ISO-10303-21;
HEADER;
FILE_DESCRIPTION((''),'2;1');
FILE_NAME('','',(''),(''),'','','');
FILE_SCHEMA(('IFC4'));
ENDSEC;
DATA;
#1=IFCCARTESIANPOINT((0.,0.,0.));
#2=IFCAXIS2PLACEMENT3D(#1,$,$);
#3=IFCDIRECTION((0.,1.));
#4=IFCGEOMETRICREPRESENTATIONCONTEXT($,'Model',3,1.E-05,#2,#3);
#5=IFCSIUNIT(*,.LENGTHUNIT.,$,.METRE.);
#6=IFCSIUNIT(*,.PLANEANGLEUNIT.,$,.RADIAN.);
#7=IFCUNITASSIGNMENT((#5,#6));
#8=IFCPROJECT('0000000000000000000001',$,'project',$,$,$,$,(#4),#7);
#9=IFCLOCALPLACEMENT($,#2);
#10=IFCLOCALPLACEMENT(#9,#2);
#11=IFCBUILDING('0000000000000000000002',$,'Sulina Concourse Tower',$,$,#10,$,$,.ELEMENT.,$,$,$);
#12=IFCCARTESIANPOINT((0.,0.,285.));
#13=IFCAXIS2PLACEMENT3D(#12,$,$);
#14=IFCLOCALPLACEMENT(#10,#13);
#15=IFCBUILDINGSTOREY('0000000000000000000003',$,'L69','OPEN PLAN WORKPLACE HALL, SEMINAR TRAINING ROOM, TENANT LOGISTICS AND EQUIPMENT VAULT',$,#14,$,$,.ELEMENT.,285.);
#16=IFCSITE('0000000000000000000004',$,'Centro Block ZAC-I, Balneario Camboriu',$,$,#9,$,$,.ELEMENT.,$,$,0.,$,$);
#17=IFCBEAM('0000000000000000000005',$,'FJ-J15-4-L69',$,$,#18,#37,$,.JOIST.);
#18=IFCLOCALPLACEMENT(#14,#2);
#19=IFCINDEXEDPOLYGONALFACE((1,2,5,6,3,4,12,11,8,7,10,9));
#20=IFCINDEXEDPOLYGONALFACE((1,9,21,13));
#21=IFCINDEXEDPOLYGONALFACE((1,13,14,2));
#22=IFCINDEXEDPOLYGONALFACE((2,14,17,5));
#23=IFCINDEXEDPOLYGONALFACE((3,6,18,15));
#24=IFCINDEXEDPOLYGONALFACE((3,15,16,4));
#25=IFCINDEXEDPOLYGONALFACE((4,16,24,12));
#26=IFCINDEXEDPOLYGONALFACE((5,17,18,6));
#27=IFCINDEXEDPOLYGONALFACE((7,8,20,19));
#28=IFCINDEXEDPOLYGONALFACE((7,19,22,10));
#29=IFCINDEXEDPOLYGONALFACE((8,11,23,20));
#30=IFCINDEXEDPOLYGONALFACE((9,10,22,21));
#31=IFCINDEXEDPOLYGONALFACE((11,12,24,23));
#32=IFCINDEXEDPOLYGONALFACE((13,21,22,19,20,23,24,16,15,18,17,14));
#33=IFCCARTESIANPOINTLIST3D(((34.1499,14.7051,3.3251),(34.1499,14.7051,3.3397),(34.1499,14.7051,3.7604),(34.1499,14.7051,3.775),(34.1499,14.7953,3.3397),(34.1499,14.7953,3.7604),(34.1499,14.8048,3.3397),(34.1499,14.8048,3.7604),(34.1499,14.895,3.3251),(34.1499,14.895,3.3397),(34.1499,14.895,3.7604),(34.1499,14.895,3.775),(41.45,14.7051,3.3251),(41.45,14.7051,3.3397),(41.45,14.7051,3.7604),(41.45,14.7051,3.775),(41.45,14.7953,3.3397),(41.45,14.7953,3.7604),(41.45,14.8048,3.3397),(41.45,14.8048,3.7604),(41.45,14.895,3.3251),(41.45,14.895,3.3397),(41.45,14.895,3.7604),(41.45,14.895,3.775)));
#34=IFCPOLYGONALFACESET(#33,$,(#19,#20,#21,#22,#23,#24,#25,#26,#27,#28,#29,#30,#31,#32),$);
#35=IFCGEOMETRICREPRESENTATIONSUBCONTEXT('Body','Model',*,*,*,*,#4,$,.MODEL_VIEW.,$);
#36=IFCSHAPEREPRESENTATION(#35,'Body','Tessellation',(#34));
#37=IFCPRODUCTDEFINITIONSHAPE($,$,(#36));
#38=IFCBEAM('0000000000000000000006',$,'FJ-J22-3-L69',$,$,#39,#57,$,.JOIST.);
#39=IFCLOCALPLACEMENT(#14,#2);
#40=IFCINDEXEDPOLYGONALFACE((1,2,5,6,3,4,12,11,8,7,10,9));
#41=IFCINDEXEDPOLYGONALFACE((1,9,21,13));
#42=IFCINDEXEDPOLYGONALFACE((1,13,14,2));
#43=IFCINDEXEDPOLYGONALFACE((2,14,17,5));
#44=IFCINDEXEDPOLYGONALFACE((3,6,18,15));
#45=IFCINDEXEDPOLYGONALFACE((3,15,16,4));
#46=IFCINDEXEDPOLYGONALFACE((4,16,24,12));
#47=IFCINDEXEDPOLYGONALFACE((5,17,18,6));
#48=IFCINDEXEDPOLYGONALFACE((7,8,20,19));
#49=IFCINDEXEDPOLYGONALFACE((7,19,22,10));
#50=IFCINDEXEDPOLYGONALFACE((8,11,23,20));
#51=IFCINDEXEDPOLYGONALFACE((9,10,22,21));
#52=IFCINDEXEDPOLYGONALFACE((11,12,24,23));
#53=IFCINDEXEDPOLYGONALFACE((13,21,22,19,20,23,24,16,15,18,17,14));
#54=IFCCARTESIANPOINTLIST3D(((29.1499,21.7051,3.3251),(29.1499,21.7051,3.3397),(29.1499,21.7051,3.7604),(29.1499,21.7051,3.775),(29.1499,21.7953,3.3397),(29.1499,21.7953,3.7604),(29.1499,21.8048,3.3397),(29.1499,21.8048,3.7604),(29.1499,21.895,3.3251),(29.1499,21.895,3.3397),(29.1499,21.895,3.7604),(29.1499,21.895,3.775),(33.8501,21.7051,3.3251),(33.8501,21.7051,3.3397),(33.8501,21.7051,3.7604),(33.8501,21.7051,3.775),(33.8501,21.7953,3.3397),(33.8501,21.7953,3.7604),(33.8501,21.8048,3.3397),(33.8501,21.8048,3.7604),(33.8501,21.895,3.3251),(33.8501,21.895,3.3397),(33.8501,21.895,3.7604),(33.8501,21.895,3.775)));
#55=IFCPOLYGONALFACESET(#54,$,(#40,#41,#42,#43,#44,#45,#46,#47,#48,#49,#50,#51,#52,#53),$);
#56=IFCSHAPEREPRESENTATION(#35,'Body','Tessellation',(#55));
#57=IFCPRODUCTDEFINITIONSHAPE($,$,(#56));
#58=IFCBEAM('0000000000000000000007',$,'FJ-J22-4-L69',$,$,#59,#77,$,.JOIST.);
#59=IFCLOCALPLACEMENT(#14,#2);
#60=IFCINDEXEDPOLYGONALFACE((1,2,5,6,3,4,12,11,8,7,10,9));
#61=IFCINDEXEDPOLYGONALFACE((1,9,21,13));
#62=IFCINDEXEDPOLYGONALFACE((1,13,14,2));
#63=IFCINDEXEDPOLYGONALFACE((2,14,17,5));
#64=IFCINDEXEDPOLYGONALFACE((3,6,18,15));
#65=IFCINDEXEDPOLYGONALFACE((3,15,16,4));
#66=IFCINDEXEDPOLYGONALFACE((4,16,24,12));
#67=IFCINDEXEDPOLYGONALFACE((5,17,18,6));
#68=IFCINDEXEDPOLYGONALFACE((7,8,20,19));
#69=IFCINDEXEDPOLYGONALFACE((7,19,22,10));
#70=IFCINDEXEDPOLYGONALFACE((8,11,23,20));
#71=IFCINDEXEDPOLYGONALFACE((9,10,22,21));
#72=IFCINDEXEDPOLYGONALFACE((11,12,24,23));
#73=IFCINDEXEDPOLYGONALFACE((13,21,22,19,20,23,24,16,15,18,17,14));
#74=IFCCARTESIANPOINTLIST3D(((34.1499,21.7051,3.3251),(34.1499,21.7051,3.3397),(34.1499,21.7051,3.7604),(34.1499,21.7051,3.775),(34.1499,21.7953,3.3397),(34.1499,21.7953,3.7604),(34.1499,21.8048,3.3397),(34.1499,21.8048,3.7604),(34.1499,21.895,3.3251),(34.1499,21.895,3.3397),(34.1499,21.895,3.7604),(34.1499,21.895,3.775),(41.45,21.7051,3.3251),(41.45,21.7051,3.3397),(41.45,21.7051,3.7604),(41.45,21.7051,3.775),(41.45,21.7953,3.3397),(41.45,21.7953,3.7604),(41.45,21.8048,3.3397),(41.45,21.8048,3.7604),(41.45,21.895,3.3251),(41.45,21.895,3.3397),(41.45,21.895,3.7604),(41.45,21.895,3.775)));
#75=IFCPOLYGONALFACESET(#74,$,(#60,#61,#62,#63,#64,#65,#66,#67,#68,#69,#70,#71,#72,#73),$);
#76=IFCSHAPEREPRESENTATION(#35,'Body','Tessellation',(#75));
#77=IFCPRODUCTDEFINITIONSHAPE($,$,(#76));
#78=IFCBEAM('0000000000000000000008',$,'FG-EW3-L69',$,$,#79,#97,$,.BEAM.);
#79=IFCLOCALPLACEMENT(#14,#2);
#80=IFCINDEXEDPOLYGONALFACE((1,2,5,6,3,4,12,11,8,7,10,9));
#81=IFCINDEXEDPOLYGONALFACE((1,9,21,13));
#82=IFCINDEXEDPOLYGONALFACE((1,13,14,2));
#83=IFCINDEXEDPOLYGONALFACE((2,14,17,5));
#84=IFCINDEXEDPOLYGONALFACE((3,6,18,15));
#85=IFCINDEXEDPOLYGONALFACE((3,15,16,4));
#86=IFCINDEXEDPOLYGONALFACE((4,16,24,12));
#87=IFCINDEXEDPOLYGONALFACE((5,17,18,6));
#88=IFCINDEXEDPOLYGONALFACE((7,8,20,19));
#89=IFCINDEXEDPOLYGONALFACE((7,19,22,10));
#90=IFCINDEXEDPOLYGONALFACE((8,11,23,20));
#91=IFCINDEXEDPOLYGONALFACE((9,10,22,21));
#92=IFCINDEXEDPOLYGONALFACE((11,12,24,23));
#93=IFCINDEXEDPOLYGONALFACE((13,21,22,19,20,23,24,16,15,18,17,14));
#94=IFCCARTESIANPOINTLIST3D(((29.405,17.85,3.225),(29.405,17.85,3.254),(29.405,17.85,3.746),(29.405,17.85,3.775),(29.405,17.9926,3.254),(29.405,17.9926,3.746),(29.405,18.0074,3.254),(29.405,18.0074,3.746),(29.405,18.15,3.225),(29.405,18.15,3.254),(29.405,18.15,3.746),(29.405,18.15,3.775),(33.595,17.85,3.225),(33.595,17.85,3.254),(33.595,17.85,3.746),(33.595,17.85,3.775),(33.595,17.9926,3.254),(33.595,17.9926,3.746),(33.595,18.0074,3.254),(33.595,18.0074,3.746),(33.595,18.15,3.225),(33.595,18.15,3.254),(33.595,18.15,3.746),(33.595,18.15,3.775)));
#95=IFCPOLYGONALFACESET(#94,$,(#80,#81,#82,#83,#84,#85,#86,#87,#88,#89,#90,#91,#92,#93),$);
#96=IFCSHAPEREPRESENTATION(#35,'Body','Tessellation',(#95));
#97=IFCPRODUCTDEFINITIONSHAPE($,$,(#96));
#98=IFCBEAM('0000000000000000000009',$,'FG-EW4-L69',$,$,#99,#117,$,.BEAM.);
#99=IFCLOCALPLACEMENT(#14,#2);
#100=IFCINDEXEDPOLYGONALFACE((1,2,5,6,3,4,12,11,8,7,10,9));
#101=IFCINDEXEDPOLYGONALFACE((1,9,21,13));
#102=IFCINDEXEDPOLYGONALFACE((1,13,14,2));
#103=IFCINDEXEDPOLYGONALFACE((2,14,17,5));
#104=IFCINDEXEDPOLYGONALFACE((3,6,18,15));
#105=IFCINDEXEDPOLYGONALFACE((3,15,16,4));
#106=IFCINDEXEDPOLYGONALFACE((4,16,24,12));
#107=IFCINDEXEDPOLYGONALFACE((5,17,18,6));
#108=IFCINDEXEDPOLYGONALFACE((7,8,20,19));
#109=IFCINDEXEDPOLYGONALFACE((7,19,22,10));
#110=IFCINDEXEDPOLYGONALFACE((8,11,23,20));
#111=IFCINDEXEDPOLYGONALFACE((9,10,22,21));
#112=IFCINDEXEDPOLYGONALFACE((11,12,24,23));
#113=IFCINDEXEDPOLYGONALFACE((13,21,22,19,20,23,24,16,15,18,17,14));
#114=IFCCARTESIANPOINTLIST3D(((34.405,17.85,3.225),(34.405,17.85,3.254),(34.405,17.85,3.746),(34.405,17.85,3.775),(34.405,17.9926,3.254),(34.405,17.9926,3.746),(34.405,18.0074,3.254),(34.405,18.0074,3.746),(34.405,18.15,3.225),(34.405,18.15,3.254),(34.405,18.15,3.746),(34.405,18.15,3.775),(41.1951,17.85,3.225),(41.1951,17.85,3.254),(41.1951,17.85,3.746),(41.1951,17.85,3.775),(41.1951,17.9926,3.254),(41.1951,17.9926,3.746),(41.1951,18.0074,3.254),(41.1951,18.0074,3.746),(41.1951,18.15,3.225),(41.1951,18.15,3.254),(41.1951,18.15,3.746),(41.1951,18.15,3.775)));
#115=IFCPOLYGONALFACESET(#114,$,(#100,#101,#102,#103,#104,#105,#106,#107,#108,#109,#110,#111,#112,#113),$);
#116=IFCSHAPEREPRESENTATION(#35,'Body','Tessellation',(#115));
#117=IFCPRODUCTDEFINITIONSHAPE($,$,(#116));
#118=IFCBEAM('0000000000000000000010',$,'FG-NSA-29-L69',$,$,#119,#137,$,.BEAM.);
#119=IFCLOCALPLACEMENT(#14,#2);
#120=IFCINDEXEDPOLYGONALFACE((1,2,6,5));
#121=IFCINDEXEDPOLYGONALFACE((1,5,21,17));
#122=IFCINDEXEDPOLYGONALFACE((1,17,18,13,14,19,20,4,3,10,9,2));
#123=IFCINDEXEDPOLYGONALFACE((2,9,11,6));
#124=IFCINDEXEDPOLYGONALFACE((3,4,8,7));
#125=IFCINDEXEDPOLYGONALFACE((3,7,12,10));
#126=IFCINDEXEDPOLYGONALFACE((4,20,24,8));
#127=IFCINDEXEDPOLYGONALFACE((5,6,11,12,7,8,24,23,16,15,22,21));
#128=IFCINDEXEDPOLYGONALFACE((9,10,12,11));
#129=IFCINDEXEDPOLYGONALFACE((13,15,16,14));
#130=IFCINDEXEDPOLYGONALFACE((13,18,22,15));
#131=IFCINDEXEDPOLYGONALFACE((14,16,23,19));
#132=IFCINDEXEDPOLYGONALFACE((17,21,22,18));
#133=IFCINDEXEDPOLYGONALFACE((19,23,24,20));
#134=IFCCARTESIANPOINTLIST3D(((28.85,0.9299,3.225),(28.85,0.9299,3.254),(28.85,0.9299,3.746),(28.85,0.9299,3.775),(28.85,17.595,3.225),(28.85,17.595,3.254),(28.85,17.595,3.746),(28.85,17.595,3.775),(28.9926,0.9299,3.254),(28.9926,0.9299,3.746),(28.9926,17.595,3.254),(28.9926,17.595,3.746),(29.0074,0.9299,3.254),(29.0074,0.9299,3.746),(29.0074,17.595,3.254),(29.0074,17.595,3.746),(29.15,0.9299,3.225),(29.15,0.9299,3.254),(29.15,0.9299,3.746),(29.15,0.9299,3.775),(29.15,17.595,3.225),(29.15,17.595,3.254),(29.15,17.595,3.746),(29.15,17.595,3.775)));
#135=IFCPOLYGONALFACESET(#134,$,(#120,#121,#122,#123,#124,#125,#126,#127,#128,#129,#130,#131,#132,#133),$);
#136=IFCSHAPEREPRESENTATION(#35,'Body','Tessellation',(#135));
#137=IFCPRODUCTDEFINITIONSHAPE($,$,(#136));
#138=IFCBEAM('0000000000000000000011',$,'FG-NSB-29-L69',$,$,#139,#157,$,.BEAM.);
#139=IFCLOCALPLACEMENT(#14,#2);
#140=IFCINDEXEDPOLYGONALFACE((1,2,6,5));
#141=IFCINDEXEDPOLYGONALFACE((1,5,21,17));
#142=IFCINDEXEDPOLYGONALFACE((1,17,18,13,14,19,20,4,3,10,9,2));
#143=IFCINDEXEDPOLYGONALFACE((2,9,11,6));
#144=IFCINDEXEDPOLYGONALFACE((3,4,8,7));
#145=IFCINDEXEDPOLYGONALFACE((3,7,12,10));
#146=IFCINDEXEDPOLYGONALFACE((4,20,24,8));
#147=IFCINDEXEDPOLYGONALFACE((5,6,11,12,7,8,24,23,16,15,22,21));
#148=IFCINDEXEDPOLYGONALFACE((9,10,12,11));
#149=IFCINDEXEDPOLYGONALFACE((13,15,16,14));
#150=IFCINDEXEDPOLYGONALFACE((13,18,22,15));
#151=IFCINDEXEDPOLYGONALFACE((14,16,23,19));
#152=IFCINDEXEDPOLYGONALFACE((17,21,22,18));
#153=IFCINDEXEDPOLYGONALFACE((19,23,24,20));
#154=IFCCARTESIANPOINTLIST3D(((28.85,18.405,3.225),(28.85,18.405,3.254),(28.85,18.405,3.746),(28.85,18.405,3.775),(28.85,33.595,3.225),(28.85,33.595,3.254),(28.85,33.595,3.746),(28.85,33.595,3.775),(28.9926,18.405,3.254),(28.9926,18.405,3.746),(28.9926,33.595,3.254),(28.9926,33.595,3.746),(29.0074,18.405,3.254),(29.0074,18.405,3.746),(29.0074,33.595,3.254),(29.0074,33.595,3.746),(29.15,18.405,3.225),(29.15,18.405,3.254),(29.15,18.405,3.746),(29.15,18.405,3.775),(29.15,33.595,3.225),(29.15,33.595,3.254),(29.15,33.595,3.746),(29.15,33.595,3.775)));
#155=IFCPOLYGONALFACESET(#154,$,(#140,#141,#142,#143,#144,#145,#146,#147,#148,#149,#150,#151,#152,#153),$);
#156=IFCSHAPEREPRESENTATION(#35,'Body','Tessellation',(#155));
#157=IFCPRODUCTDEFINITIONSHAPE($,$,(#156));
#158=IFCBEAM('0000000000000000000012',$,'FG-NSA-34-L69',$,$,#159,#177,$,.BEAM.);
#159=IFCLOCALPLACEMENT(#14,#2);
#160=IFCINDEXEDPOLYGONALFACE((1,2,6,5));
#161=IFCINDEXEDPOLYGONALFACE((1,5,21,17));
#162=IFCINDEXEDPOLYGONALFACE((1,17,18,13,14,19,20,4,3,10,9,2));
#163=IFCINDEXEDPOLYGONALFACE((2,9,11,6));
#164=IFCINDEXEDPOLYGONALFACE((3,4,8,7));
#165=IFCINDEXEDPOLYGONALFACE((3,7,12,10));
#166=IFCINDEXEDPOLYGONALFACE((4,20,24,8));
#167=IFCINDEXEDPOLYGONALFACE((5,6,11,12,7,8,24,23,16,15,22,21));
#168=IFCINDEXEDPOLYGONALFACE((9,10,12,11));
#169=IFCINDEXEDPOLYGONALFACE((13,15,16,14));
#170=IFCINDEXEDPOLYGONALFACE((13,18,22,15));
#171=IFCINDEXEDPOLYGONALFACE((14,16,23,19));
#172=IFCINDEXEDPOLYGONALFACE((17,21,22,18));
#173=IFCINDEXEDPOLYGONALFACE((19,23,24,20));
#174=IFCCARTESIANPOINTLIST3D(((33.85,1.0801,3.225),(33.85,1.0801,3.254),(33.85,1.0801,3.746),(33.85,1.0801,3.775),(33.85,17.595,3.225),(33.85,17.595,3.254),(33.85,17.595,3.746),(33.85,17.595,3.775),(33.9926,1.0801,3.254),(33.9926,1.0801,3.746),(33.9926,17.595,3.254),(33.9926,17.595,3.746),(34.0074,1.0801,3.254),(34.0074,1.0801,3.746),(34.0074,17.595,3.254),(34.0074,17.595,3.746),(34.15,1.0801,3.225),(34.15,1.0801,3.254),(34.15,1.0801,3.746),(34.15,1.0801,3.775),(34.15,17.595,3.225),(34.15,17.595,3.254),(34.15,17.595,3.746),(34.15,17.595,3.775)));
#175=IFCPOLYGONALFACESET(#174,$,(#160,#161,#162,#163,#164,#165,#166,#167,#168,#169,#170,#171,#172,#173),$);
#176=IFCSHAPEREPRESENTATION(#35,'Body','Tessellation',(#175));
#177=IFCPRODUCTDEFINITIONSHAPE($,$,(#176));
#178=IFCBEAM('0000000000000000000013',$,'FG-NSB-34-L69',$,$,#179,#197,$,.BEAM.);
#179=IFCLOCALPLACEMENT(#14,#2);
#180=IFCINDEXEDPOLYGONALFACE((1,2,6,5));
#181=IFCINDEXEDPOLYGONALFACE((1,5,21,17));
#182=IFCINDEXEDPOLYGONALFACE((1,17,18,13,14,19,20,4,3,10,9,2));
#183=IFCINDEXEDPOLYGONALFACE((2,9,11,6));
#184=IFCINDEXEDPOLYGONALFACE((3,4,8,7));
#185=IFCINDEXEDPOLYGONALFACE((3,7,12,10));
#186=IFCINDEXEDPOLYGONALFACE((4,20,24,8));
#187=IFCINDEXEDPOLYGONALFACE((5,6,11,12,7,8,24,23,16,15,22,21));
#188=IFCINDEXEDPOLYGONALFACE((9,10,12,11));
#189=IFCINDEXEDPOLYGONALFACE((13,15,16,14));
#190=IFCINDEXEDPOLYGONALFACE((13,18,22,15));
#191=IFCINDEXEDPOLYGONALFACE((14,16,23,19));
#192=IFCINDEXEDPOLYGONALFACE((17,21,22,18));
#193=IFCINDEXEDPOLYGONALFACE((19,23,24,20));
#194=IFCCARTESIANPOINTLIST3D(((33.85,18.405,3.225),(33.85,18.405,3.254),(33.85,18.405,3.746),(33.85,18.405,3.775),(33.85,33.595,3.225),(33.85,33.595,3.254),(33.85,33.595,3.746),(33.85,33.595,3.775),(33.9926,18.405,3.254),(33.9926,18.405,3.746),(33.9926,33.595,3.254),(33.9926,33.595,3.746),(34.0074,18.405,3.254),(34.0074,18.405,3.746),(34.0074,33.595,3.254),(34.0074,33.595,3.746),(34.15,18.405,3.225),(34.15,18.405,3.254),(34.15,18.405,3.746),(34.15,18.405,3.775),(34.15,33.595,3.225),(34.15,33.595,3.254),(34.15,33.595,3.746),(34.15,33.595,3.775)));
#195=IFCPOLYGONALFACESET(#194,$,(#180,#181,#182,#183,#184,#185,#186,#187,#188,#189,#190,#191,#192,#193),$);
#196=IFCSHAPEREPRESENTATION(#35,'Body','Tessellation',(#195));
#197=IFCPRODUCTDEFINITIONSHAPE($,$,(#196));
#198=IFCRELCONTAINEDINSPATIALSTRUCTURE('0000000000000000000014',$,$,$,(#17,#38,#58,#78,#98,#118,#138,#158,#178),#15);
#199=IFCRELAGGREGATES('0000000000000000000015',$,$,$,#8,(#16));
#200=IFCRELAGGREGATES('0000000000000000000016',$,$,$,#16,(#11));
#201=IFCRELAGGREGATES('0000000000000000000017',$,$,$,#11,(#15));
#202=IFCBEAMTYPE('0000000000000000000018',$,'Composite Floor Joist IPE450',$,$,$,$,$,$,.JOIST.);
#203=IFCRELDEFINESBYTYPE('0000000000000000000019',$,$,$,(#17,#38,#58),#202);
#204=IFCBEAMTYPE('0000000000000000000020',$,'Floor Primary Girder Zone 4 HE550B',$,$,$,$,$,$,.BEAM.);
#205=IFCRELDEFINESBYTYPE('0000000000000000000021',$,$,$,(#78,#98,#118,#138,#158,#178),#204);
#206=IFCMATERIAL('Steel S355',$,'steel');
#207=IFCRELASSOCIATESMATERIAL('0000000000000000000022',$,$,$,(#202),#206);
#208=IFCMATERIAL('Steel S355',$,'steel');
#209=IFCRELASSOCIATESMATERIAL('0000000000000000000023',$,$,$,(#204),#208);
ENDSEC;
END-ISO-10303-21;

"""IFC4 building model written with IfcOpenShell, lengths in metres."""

from ifc_helpers import new_model, si_unit, direction, frame, origin, origin_2d, place, context, subcontext, project, spatial, i_section, extrude, material, material_profile, profile_set, type_object, element, save


model = new_model("IFC4")

# Units and contexts
model_context = context("Model", 3, precision=1e-05, world=origin(), true_north=direction((0.0, 1.0)))
body_context = subcontext(model_context, "Body", "Model", "MODEL_VIEW")
ifc_project = project(units=[si_unit("LENGTHUNIT", "METRE"), si_unit("PLANEANGLEUNIT", "RADIAN")], contexts=[model_context])

# Site, building, storey
site_placement = place(None, origin())
site = spatial("IfcSite", under=ifc_project, at=site_placement, Name="Centro Block ZAC-I, Balneario Camboriu", CompositionType="ELEMENT", RefElevation=0.0)
building_placement = place(site_placement, origin())
building = spatial("IfcBuilding", under=site, at=building_placement, Name="Sulina Concourse Tower", CompositionType="ELEMENT")
storey_placement = place(building_placement, frame((0.0, 0.0, 285.0)))
storey = spatial("IfcBuildingStorey", under=building, at=storey_placement, Name="L69", Description="OPEN PLAN WORKPLACE HALL, SEMINAR TRAINING ROOM, TENANT LOGISTICS AND EQUIPMENT VAULT", CompositionType="ELEMENT", Elevation=285.0)

# Beams
ifc_material_1 = material(Name="Steel S355", Category="steel")
ifc_material_profile_1 = material_profile(ifc_material_1, i_section(OverallWidth=0.1899, OverallDepth=0.45, WebThickness=0.0095, FlangeThickness=0.0146, at=origin_2d()), Name="IPE 450")
ifc_profile_set_1 = profile_set([ifc_material_profile_1], Name="Steel S355")
beam_type_1 = type_object("IfcBeamType", Name="Composite Floor Joist IPE450", PredefinedType="JOIST", material=ifc_profile_set_1)
beam_1_placement = place(storey_placement, frame((34.1499, 14.8, 3.55), z_axis=(1.0, 0.0, 0.0), x_axis=(0.0, 1.0, 0.0)))
element("IfcBeam", 1, at=beam_1_placement, inside=storey, type_object=beam_type_1, Name="FJ-J15-4-L69", PredefinedType="JOIST", context=body_context, shape_type="SweptSolid", body=[
    extrude(i_section(OverallWidth=0.1899, OverallDepth=0.45, WebThickness=0.0095, FlangeThickness=0.0146, at=origin_2d()), origin(), (0.0, 0.0, 1.0), 7.3),
])
beam_2_placement = place(storey_placement, frame((29.1499, 21.8, 3.55), z_axis=(1.0, 0.0, 0.0), x_axis=(0.0, 1.0, 0.0)))
element("IfcBeam", 2, at=beam_2_placement, inside=storey, type_object=beam_type_1, Name="FJ-J22-3-L69", PredefinedType="JOIST", context=body_context, shape_type="SweptSolid", body=[
    extrude(i_section(OverallWidth=0.1899, OverallDepth=0.45, WebThickness=0.0095, FlangeThickness=0.0146, at=origin_2d()), origin(), (0.0, 0.0, 1.0), 4.7002),
])
beam_3_placement = place(storey_placement, frame((34.1499, 21.8, 3.55), z_axis=(1.0, 0.0, 0.0), x_axis=(0.0, 1.0, 0.0)))
element("IfcBeam", 3, at=beam_3_placement, inside=storey, type_object=beam_type_1, Name="FJ-J22-4-L69", PredefinedType="JOIST", context=body_context, shape_type="SweptSolid", body=[
    extrude(i_section(OverallWidth=0.1899, OverallDepth=0.45, WebThickness=0.0095, FlangeThickness=0.0146, at=origin_2d()), origin(), (0.0, 0.0, 1.0), 7.3),
])
ifc_material_2 = material(Name="Steel S355", Category="steel")
ifc_material_profile_2 = material_profile(ifc_material_2, i_section(OverallWidth=0.3, OverallDepth=0.55, WebThickness=0.0149, FlangeThickness=0.0291, at=origin_2d()), Name="HE 550 B")
ifc_profile_set_2 = profile_set([ifc_material_profile_2], Name="Steel S355")
beam_type_2 = type_object("IfcBeamType", Name="Floor Primary Girder Zone 4 HE550B", PredefinedType="BEAM", material=ifc_profile_set_2)
beam_4_placement = place(storey_placement, frame((29.405, 18.0, 3.5), z_axis=(1.0, 0.0, 0.0), x_axis=(0.0, 1.0, 0.0)))
element("IfcBeam", 4, at=beam_4_placement, inside=storey, type_object=beam_type_2, Name="FG-EW3-L69", PredefinedType="BEAM", context=body_context, shape_type="SweptSolid", body=[
    extrude(i_section(OverallWidth=0.3, OverallDepth=0.55, WebThickness=0.0149, FlangeThickness=0.0291, at=origin_2d()), origin(), (0.0, 0.0, 1.0), 4.1899),
])
beam_5_placement = place(storey_placement, frame((34.405, 18.0, 3.5), z_axis=(1.0, 0.0, 0.0), x_axis=(0.0, 1.0, 0.0)))
element("IfcBeam", 5, at=beam_5_placement, inside=storey, type_object=beam_type_2, Name="FG-EW4-L69", PredefinedType="BEAM", context=body_context, shape_type="SweptSolid", body=[
    extrude(i_section(OverallWidth=0.3, OverallDepth=0.55, WebThickness=0.0149, FlangeThickness=0.0291, at=origin_2d()), origin(), (0.0, 0.0, 1.0), 6.79),
])
beam_6_placement = place(storey_placement, frame((29.0, 0.9299, 3.5), z_axis=(0.0, 1.0, 0.0), x_axis=(-1.0, 0.0, 0.0)))
element("IfcBeam", 6, at=beam_6_placement, inside=storey, type_object=beam_type_2, Name="FG-NSA-29-L69", PredefinedType="BEAM", context=body_context, shape_type="SweptSolid", body=[
    extrude(i_section(OverallWidth=0.3, OverallDepth=0.55, WebThickness=0.0149, FlangeThickness=0.0291, at=origin_2d()), origin(), (0.0, 0.0, 1.0), 16.665),
])
beam_7_placement = place(storey_placement, frame((29.0, 18.405, 3.5), z_axis=(0.0, 1.0, 0.0), x_axis=(-1.0, 0.0, 0.0)))
element("IfcBeam", 7, at=beam_7_placement, inside=storey, type_object=beam_type_2, Name="FG-NSB-29-L69", PredefinedType="BEAM", context=body_context, shape_type="SweptSolid", body=[
    extrude(i_section(OverallWidth=0.3, OverallDepth=0.55, WebThickness=0.0149, FlangeThickness=0.0291, at=origin_2d()), origin(), (0.0, 0.0, 1.0), 15.1899),
])
beam_8_placement = place(storey_placement, frame((34.0, 1.0801, 3.5), z_axis=(0.0, 1.0, 0.0), x_axis=(-1.0, 0.0, 0.0)))
element("IfcBeam", 8, at=beam_8_placement, inside=storey, type_object=beam_type_2, Name="FG-NSA-34-L69", PredefinedType="BEAM", context=body_context, shape_type="SweptSolid", body=[
    extrude(i_section(OverallWidth=0.3, OverallDepth=0.55, WebThickness=0.0149, FlangeThickness=0.0291, at=origin_2d()), origin(), (0.0, 0.0, 1.0), 16.5149),
])
beam_9_placement = place(storey_placement, frame((34.0, 18.405, 3.5), z_axis=(0.0, 1.0, 0.0), x_axis=(-1.0, 0.0, 0.0)))
element("IfcBeam", 9, at=beam_9_placement, inside=storey, type_object=beam_type_2, Name="FG-NSB-34-L69", PredefinedType="BEAM", context=body_context, shape_type="SweptSolid", body=[
    extrude(i_section(OverallWidth=0.3, OverallDepth=0.55, WebThickness=0.0149, FlangeThickness=0.0291, at=origin_2d()), origin(), (0.0, 0.0, 1.0), 15.1899),
])

save(model, "model.ifc")
